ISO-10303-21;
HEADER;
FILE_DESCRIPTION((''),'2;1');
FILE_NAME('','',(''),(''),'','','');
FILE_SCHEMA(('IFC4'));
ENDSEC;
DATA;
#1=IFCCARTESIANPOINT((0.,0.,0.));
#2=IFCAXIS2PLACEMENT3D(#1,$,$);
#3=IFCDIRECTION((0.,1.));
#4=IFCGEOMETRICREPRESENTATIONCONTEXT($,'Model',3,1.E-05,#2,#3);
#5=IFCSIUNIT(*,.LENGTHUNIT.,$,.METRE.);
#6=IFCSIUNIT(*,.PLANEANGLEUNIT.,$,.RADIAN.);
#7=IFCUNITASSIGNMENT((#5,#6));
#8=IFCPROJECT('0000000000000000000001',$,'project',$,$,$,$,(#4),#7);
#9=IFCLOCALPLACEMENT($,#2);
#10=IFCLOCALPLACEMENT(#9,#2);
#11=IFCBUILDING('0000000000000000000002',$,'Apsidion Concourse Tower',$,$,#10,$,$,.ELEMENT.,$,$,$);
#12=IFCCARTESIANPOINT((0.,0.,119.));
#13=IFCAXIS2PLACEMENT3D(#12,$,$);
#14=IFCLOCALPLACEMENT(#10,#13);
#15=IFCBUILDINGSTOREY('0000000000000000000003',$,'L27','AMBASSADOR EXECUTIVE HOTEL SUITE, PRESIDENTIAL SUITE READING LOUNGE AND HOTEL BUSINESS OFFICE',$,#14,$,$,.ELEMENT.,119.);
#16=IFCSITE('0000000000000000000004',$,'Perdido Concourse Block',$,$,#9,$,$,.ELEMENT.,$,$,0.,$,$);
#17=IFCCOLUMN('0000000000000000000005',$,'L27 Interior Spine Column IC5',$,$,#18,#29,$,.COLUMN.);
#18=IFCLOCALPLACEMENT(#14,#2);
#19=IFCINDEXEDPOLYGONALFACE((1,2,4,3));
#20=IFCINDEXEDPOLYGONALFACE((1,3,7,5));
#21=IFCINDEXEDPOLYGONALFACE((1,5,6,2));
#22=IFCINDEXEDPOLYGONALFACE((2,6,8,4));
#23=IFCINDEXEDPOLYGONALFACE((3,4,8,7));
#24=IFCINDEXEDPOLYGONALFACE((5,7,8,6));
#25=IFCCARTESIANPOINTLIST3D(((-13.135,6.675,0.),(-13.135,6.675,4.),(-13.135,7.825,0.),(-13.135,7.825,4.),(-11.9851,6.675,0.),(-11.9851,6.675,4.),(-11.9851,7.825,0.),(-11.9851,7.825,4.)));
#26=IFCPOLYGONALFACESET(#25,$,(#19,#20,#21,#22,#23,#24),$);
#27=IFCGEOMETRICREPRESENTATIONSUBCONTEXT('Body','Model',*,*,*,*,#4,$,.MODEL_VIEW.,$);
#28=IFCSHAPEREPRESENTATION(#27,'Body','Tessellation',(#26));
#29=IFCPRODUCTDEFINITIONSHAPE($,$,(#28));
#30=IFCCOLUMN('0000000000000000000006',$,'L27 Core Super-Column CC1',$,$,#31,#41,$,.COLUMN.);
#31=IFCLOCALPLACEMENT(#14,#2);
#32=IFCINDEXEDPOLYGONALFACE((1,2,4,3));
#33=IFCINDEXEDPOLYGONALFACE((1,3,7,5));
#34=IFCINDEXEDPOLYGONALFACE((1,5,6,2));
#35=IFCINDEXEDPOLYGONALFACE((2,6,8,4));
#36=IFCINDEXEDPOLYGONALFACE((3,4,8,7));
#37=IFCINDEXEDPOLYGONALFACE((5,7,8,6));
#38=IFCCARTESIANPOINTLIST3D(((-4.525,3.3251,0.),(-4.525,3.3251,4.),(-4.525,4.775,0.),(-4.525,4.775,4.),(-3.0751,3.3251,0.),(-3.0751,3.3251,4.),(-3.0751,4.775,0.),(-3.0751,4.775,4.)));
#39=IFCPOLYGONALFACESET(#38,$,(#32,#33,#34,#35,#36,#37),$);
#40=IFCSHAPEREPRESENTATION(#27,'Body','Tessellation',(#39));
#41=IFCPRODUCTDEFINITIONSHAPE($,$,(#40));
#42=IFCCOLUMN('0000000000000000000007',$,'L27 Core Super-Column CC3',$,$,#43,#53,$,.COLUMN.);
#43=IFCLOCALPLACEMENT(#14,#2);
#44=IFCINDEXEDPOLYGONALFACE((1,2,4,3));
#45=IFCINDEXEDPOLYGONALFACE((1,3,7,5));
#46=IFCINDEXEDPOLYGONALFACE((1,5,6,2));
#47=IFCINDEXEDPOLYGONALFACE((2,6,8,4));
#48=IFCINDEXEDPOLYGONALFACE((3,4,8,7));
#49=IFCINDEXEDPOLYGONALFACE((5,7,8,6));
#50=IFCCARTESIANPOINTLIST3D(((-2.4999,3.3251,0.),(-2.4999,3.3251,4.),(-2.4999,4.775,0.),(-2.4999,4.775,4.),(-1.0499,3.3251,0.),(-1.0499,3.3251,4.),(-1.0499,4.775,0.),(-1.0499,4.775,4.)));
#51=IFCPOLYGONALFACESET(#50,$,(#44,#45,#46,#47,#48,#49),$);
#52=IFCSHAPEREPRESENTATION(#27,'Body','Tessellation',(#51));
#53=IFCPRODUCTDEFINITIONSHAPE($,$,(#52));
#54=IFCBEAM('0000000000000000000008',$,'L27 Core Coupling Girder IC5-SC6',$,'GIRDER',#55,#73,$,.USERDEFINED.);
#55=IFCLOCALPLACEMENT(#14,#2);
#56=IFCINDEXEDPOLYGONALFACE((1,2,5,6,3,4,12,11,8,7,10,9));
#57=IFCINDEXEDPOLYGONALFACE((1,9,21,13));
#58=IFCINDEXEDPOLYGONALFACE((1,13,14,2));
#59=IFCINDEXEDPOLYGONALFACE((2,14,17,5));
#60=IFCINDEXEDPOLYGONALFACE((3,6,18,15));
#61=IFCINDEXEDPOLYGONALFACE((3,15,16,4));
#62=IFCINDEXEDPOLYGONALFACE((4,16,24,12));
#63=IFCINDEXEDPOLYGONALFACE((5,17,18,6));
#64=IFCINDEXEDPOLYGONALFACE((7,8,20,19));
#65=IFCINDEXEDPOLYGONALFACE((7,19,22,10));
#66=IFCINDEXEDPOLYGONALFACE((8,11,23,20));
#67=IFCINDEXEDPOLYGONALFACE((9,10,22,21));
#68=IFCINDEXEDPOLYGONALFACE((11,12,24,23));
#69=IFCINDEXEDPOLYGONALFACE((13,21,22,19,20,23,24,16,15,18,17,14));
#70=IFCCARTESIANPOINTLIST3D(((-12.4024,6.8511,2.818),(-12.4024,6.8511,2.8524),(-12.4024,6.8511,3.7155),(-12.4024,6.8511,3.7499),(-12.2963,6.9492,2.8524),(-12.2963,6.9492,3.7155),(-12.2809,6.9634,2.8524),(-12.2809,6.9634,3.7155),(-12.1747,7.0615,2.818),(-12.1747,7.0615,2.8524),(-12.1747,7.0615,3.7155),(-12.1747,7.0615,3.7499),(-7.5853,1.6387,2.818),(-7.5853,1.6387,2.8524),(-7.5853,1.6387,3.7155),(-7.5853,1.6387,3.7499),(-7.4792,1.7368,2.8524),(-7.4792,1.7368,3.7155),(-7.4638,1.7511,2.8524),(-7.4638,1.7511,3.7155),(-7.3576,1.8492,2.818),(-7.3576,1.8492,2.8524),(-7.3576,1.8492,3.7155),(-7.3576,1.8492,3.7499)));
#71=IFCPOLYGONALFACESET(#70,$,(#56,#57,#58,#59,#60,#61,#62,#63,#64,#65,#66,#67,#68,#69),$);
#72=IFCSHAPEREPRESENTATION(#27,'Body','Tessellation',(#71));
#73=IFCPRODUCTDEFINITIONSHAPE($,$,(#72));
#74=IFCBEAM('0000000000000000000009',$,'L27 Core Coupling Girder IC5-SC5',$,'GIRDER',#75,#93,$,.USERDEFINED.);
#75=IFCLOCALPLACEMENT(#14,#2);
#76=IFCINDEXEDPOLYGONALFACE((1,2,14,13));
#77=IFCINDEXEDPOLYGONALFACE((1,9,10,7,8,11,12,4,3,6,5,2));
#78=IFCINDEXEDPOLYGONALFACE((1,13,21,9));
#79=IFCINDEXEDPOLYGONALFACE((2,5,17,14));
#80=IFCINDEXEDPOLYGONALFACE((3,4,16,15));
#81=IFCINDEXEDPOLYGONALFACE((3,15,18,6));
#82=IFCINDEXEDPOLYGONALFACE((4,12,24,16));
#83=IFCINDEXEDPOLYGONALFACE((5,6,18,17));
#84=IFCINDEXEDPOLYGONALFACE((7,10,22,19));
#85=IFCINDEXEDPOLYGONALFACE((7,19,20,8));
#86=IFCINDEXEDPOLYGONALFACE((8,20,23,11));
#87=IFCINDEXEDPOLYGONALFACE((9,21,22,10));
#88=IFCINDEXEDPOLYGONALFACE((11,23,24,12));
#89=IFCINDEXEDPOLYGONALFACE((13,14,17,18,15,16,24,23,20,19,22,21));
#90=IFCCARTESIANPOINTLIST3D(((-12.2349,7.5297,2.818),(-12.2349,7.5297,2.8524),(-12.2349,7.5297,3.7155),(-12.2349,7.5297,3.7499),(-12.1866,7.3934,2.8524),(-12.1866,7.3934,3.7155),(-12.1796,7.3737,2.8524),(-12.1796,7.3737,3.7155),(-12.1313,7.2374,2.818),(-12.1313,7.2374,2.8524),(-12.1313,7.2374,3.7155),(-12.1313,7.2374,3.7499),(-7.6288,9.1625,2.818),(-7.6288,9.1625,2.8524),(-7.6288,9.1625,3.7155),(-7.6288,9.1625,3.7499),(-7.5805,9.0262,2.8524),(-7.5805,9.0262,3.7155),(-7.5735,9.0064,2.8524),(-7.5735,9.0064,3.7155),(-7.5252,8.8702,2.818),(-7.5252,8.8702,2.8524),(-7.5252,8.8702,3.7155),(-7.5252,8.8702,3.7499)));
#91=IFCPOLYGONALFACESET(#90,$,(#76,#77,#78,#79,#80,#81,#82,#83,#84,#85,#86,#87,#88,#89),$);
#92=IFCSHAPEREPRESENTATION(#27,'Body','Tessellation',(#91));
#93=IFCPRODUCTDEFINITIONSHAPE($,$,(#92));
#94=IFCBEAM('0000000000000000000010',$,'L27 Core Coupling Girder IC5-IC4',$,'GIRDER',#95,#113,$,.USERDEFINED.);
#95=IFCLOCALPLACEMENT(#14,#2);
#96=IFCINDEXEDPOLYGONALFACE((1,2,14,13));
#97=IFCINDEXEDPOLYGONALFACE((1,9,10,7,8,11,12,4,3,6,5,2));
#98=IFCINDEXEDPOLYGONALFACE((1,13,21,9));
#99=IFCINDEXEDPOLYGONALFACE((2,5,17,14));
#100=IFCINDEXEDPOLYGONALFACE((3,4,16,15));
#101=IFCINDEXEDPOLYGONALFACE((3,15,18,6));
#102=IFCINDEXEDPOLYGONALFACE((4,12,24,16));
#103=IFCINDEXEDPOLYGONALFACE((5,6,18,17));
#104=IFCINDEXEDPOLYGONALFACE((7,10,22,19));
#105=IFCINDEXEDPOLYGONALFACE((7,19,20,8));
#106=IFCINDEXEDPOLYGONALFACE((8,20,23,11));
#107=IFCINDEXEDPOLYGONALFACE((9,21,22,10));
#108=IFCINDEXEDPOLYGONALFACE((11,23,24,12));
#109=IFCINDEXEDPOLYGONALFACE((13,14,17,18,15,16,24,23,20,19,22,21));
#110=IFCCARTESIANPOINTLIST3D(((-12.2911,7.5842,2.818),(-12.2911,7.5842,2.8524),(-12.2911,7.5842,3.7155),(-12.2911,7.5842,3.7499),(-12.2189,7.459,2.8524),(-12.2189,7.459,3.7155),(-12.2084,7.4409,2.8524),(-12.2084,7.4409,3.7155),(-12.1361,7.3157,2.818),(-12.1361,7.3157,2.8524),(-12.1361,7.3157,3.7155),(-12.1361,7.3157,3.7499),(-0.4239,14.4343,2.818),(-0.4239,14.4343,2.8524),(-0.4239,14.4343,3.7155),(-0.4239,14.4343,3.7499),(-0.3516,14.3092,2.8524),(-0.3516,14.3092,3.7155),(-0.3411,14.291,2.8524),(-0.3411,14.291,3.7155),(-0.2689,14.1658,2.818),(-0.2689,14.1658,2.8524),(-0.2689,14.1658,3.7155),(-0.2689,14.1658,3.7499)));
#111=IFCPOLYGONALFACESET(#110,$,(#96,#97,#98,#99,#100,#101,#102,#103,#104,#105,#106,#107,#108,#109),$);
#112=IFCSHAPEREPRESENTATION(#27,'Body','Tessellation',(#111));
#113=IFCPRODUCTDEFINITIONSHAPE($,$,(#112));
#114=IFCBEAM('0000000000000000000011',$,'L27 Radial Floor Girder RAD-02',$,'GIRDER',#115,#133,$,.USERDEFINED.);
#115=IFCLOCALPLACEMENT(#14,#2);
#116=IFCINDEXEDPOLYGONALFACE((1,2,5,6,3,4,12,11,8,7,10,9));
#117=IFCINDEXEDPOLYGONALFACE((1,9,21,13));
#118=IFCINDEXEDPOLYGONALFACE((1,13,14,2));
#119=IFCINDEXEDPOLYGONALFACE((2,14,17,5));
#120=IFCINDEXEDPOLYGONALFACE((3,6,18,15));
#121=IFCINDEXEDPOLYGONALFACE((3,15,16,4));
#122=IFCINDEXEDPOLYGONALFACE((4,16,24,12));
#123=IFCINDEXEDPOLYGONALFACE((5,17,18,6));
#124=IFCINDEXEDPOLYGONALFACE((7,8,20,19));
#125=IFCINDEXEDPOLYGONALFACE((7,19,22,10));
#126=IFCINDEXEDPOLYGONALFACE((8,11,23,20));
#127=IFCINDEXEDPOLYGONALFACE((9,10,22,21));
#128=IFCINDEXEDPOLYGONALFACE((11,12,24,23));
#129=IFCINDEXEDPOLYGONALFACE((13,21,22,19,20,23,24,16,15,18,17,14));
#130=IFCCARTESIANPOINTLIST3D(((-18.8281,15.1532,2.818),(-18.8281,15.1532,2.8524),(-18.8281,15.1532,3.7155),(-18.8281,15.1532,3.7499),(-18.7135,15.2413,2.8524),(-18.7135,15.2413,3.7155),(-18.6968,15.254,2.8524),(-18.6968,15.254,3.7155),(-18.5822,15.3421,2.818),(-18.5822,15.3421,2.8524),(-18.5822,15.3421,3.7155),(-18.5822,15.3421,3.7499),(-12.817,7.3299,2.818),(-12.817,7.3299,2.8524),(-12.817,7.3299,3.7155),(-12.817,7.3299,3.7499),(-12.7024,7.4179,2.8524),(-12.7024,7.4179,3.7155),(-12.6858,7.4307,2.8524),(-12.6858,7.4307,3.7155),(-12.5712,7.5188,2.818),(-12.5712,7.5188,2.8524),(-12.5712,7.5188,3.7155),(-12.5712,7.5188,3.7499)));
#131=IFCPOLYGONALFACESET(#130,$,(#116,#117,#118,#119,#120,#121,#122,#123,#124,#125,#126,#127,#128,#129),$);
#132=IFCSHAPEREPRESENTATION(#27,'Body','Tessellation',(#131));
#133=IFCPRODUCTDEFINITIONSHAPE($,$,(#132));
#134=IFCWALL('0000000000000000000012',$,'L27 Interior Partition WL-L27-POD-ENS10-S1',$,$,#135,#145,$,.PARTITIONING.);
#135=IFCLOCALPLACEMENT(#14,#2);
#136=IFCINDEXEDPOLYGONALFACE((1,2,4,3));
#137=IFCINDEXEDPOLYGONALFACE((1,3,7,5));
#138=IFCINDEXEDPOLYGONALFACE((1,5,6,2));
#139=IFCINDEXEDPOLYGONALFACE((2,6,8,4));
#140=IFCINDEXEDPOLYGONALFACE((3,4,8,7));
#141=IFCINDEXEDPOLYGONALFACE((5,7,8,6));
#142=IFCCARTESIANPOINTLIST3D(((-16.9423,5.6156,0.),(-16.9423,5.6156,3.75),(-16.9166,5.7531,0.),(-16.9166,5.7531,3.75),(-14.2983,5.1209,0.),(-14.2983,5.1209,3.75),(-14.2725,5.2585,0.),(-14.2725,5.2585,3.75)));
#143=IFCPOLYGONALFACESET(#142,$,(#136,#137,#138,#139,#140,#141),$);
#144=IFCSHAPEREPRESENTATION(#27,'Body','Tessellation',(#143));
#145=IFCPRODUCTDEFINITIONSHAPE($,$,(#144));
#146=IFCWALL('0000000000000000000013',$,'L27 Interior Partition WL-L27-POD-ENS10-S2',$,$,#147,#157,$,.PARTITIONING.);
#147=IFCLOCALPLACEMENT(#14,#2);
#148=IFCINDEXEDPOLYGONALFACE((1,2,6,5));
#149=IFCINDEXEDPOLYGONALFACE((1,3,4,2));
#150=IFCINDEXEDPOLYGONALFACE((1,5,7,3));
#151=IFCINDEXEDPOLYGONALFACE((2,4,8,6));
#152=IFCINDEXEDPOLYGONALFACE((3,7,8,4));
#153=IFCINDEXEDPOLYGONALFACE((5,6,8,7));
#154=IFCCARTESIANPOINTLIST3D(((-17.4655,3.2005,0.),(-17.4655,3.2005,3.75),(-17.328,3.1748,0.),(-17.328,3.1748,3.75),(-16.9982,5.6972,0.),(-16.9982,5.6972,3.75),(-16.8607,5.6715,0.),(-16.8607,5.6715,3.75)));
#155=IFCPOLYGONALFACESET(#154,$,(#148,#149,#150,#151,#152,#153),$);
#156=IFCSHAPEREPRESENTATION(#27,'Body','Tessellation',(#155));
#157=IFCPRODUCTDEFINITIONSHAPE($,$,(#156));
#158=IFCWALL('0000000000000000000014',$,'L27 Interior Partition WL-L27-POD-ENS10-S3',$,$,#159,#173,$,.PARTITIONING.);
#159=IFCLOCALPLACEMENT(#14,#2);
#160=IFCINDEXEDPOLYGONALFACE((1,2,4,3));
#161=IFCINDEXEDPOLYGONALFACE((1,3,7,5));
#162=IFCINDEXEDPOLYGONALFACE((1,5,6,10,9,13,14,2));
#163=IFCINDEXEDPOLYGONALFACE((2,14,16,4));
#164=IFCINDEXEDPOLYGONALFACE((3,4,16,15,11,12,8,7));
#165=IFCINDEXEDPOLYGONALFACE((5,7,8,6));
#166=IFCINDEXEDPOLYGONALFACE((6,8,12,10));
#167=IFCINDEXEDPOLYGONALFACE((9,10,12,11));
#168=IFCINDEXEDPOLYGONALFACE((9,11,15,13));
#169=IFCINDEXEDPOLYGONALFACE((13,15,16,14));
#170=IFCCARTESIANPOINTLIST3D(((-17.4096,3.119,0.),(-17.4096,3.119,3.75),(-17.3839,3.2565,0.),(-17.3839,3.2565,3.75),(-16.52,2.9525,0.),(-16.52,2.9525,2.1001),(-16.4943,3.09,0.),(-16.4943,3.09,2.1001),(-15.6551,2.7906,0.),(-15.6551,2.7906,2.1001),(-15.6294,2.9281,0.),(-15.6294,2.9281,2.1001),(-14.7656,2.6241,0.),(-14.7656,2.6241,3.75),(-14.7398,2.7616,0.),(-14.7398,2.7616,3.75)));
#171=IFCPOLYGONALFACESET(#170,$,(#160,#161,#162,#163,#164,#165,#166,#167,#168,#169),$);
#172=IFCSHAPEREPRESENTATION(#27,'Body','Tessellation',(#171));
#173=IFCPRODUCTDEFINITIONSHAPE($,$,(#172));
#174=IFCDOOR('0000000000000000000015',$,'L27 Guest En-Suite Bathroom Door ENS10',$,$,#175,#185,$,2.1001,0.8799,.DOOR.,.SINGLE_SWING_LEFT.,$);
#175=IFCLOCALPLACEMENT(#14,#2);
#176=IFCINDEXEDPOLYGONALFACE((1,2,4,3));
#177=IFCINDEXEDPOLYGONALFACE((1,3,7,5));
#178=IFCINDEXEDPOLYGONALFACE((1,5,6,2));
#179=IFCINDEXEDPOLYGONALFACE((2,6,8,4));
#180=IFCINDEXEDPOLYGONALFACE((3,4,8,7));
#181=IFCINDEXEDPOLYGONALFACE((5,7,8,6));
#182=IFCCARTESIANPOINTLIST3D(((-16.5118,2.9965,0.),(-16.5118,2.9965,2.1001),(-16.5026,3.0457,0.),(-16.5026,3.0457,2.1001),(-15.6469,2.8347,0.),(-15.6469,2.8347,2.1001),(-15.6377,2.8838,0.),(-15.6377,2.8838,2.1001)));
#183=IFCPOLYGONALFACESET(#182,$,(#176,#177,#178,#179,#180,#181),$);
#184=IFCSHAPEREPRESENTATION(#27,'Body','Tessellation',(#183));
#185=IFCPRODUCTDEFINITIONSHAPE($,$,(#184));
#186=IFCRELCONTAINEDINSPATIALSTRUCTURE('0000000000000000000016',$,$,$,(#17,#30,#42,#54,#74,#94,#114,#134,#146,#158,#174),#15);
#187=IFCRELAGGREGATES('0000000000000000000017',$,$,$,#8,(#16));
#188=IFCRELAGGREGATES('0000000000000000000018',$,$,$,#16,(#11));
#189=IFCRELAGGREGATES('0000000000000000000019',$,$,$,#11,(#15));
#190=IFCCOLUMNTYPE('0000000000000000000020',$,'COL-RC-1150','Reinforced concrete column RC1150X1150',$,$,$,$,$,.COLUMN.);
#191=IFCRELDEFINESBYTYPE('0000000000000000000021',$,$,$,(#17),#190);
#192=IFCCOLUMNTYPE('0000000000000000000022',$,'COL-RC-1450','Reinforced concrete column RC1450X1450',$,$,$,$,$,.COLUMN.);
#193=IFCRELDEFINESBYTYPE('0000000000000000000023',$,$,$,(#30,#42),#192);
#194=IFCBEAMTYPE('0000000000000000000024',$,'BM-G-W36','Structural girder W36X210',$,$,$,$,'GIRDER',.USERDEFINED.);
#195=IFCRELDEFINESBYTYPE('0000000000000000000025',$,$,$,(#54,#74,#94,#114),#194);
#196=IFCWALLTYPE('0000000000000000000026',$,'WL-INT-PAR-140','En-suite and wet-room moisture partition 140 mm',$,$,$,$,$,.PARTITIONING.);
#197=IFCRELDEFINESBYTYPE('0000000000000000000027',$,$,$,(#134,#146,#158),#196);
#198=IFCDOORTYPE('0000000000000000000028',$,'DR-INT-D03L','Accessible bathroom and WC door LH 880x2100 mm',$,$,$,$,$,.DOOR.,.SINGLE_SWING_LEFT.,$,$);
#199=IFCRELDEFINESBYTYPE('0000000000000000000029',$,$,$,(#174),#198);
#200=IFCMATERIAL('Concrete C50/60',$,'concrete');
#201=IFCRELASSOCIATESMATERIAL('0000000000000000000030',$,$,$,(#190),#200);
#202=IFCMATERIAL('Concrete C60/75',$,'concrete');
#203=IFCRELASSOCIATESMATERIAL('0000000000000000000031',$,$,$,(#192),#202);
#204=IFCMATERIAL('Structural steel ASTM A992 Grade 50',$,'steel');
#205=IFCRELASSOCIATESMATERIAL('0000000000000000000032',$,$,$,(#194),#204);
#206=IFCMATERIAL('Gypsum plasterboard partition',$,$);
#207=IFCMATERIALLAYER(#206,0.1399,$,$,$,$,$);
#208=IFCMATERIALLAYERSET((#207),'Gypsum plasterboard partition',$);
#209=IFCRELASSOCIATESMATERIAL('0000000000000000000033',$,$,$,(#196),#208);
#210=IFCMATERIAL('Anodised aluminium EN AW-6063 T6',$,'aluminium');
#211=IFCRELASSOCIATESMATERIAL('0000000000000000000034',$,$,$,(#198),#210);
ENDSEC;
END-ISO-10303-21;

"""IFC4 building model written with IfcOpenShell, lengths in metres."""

from ifc_helpers import new_model, si_unit, direction, frame, frame_2d, origin, origin_2d, place, context, subcontext, project, spatial, rectangle, i_section, extrude, material, layer, layer_set, material_profile, profile_set, type_object, element, fill, save


model = new_model("IFC4")

# Units and contexts
model_context = context("Model", 3, precision=1e-05, world=origin(), true_north=direction((0.0, 1.0)))
body_context = subcontext(model_context, "Body", "Model", "MODEL_VIEW")
ifc_project = project(units=[si_unit("LENGTHUNIT", "METRE"), si_unit("PLANEANGLEUNIT", "RADIAN")], contexts=[model_context])

# Site, building, storey
site_placement = place(None, origin())
site = spatial("IfcSite", under=ifc_project, at=site_placement, Name="Perdido Concourse Block", CompositionType="ELEMENT", RefElevation=0.0)
building_placement = place(site_placement, origin())
building = spatial("IfcBuilding", under=site, at=building_placement, Name="Apsidion Concourse Tower", CompositionType="ELEMENT")
storey_placement = place(building_placement, frame((0.0, 0.0, 119.0)))
storey = spatial("IfcBuildingStorey", under=building, at=storey_placement, Name="L27", Description="AMBASSADOR EXECUTIVE HOTEL SUITE, PRESIDENTIAL SUITE READING LOUNGE AND HOTEL BUSINESS OFFICE", CompositionType="ELEMENT", Elevation=119.0)

# Columns
ifc_material_1 = material(Name="Concrete C50/60", Category="concrete")
ifc_material_profile_1 = material_profile(ifc_material_1, rectangle(XDim=1.1499, YDim=1.1499, at=origin_2d()), Name="RC 1150x1150")
ifc_profile_set_1 = profile_set([ifc_material_profile_1], Name="Concrete C50/60")
column_type_1 = type_object("IfcColumnType", Name="COL-RC-1150", Description="Reinforced concrete column RC1150X1150", PredefinedType="COLUMN", material=ifc_profile_set_1)
column_placement = place(storey_placement, frame((-12.5601, 7.25, 0.0), z_axis=(0.0, 0.0, 1.0), x_axis=(1.0, 0.0, 0.0)))
element("IfcColumn", 1, at=column_placement, inside=storey, type_object=column_type_1, Name="L27 Interior Spine Column IC5", PredefinedType="COLUMN", context=body_context, shape_type="SweptSolid", body=[
    extrude(rectangle(XDim=1.1499, YDim=1.1499, at=origin_2d()), origin(), (0.0, 0.0, 1.0), 4.0),
])
ifc_material_2 = material(Name="Concrete C60/75", Category="concrete")
ifc_material_profile_2 = material_profile(ifc_material_2, rectangle(XDim=1.45, YDim=1.45, at=origin_2d()), Name="RC 1450x1450")
ifc_profile_set_2 = profile_set([ifc_material_profile_2], Name="Concrete C60/75")
column_type_2 = type_object("IfcColumnType", Name="COL-RC-1450", Description="Reinforced concrete column RC1450X1450", PredefinedType="COLUMN", material=ifc_profile_set_2)
for number, where, z_axis, x_axis, name in (
    (2, (-3.8, 4.05, 0.0), (0.0, 0.0, 1.0), (1.0, 0.0, 0.0), "L27 Core Super-Column CC1"),
    (3, (-1.7749, 4.05, 0.0), (0.0, 0.0, 1.0), (1.0, 0.0, 0.0), "L27 Core Super-Column CC3"),
):
    element("IfcColumn", number, at=place(storey_placement, frame(where, z_axis=z_axis, x_axis=x_axis)), inside=storey, type_object=column_type_2, Name=name, PredefinedType="COLUMN", context=body_context, shape_type="SweptSolid", body=[
        extrude(rectangle(XDim=1.45, YDim=1.45, at=origin_2d()), origin(), (0.0, 0.0, 1.0), 4.0),
    ])

# Beams
ifc_material_3 = material(Name="Structural steel ASTM A992 Grade 50", Category="steel")
ifc_material_profile_3 = material_profile(ifc_material_3, i_section(OverallWidth=0.3101, OverallDepth=0.9319, WebThickness=0.021, FlangeThickness=0.0344, at=origin_2d()), Name="W36X210")
ifc_profile_set_3 = profile_set([ifc_material_profile_3], Name="Structural steel ASTM A992 Grade 50")
beam_type = type_object("IfcBeamType", Name="BM-G-W36", Description="Structural girder W36X210", ElementType="GIRDER", PredefinedType="USERDEFINED", material=ifc_profile_set_3)
beam_1_placement = place(storey_placement, frame((-12.2886, 6.9563, 3.2839), z_axis=(0.678713, -0.734404, 0.0), x_axis=(0.734404, 0.678713, 0.0)))
element("IfcBeam", 4, at=beam_1_placement, inside=storey, type_object=beam_type, Name="L27 Core Coupling Girder IC5-SC6", ObjectType="GIRDER", PredefinedType="USERDEFINED", context=body_context, shape_type="SweptSolid", body=[
    extrude(i_section(OverallWidth=0.3101, OverallDepth=0.9319, WebThickness=0.021, FlangeThickness=0.0344, at=origin_2d()), origin(), (0.0, 0.0, 1.0), 7.0974),
])
beam_2_placement = place(storey_placement, frame((-12.1831, 7.3835, 3.2839), z_axis=(0.942534, 0.334111, 0.0), x_axis=(-0.334111, 0.942534, 0.0)))
element("IfcBeam", 5, at=beam_2_placement, inside=storey, type_object=beam_type, Name="L27 Core Coupling Girder IC5-SC5", ObjectType="GIRDER", PredefinedType="USERDEFINED", context=body_context, shape_type="SweptSolid", body=[
    extrude(i_section(OverallWidth=0.3101, OverallDepth=0.9319, WebThickness=0.021, FlangeThickness=0.0344, at=origin_2d()), origin(), (0.0, 0.0, 1.0), 4.887),
])
beam_3_placement = place(storey_placement, frame((-12.2136, 7.45, 3.2839), z_axis=(0.86607, 0.499922, 0.0), x_axis=(-0.499922, 0.86607, 0.0)))
element("IfcBeam", 6, at=beam_3_placement, inside=storey, type_object=beam_type, Name="L27 Core Coupling Girder IC5-IC4", ObjectType="GIRDER", PredefinedType="USERDEFINED", context=body_context, shape_type="SweptSolid", body=[
    extrude(i_section(OverallWidth=0.3101, OverallDepth=0.9319, WebThickness=0.021, FlangeThickness=0.0344, at=origin_2d()), origin(), (0.0, 0.0, 1.0), 13.7024),
])
beam_4_placement = place(storey_placement, frame((-12.6941, 7.4243, 3.2839), z_axis=(-0.609272, 0.792961, 0.0), x_axis=(-0.792961, -0.609272, 0.0)))
element("IfcBeam", 7, at=beam_4_placement, inside=storey, type_object=beam_type, Name="L27 Radial Floor Girder RAD-02", ObjectType="GIRDER", PredefinedType="USERDEFINED", context=body_context, shape_type="SweptSolid", body=[
    extrude(i_section(OverallWidth=0.3101, OverallDepth=0.9319, WebThickness=0.021, FlangeThickness=0.0344, at=origin_2d()), origin(), (0.0, 0.0, 1.0), 9.866),
])

# Walls
ifc_material_4 = material(Name="Gypsum plasterboard partition")
ifc_layer_1 = layer(ifc_material_4, 0.1399)
ifc_layer_set_1 = layer_set([ifc_layer_1], Name="Gypsum plasterboard partition")
wall_type_1 = type_object("IfcWallType", Name="WL-INT-PAR-140", Description="En-suite and wet-room moisture partition 140 mm", PredefinedType="PARTITIONING", material=ifc_layer_set_1)
wall_1_placement = place(storey_placement, frame((-14.2854, 5.1897, 0.0), z_axis=(0.0, 0.0, 1.0), x_axis=(-0.982948, 0.183883, 0.0)))
element("IfcWall", 8, at=wall_1_placement, inside=storey, type_object=wall_type_1, Name="L27 Interior Partition WL-L27-POD-ENS10-S1", PredefinedType="PARTITIONING", context=body_context, shape_type="SweptSolid", body=[
    extrude(rectangle(XDim=2.6899, YDim=0.1399, at=frame_2d((1.345, 0.0))), origin(), (0.0, 0.0, 1.0), 3.75),
])
wall_2_placement = place(storey_placement, frame((-16.9294, 5.6843, 0.0), z_axis=(0.0, 0.0, 1.0), x_axis=(-0.183975, -0.982931, 0.0)))
element("IfcWall", 9, at=wall_2_placement, inside=storey, type_object=wall_type_1, Name="L27 Interior Partition WL-L27-POD-ENS10-S2", PredefinedType="PARTITIONING", context=body_context, shape_type="SweptSolid", body=[
    extrude(rectangle(XDim=2.54, YDim=0.1399, at=frame_2d((1.27, 0.0))), origin(), (0.0, 0.0, 1.0), 3.75),
])

# Wall, opening, door
wall_3_placement = place(storey_placement, frame((-17.3967, 3.1877, 0.0), z_axis=(0.0, 0.0, 1.0), x_axis=(0.982932, -0.183971, 0.0)))
wall_3 = element("IfcWall", 10, at=wall_3_placement, inside=storey, type_object=wall_type_1, Name="L27 Interior Partition WL-L27-POD-ENS10-S3", PredefinedType="PARTITIONING", context=body_context, shape_type="SweptSolid", body=[
    extrude(rectangle(XDim=2.6899, YDim=0.1399, at=frame_2d((1.345, 0.0))), origin(), (0.0, 0.0, 1.0), 3.75),
])
opening_placement = place(wall_3_placement, frame((0.905, 0.0, 0.0)))
opening = element("IfcOpeningElement", 11, at=opening_placement, cuts=wall_3, PredefinedType="OPENING", context=body_context, shape_type="SweptSolid", body=[
    extrude(rectangle(XDim=0.8799, YDim=2.1001, at=frame_2d((0.4399, 1.05))), frame((0.0, 0.0801, 0.0), z_axis=(0.0, -1.0, 0.0), x_axis=(1.0, 0.0, 0.0)), (0.0, 0.0, 1.0), 0.1599),
])
ifc_material_5 = material(Name="Anodised aluminium EN AW-6063 T6", Category="aluminium")
door_type = type_object("IfcDoorType", Name="DR-INT-D03L", Description="Accessible bathroom and WC door LH 880x2100 mm", OperationType="SINGLE_SWING_LEFT", PredefinedType="DOOR", material=ifc_material_5)
door_placement = place(opening_placement, origin())
door = element("IfcDoor", 12, at=door_placement, inside=storey, type_object=door_type, Name="L27 Guest En-Suite Bathroom Door ENS10", OperationType="SINGLE_SWING_LEFT", OverallHeight=2.1001, OverallWidth=0.8799, PredefinedType="DOOR", context=body_context, shape_type="SweptSolid", body=[
    extrude(rectangle(XDim=0.8799, YDim=2.1001, at=frame_2d((0.4399, 1.05))), frame((0.0, 0.0249, 0.0), z_axis=(0.0, -1.0, 0.0), x_axis=(1.0, 0.0, 0.0)), (0.0, 0.0, 1.0), 0.05),
])
fill(opening, door)

save(model, "model.ifc")
